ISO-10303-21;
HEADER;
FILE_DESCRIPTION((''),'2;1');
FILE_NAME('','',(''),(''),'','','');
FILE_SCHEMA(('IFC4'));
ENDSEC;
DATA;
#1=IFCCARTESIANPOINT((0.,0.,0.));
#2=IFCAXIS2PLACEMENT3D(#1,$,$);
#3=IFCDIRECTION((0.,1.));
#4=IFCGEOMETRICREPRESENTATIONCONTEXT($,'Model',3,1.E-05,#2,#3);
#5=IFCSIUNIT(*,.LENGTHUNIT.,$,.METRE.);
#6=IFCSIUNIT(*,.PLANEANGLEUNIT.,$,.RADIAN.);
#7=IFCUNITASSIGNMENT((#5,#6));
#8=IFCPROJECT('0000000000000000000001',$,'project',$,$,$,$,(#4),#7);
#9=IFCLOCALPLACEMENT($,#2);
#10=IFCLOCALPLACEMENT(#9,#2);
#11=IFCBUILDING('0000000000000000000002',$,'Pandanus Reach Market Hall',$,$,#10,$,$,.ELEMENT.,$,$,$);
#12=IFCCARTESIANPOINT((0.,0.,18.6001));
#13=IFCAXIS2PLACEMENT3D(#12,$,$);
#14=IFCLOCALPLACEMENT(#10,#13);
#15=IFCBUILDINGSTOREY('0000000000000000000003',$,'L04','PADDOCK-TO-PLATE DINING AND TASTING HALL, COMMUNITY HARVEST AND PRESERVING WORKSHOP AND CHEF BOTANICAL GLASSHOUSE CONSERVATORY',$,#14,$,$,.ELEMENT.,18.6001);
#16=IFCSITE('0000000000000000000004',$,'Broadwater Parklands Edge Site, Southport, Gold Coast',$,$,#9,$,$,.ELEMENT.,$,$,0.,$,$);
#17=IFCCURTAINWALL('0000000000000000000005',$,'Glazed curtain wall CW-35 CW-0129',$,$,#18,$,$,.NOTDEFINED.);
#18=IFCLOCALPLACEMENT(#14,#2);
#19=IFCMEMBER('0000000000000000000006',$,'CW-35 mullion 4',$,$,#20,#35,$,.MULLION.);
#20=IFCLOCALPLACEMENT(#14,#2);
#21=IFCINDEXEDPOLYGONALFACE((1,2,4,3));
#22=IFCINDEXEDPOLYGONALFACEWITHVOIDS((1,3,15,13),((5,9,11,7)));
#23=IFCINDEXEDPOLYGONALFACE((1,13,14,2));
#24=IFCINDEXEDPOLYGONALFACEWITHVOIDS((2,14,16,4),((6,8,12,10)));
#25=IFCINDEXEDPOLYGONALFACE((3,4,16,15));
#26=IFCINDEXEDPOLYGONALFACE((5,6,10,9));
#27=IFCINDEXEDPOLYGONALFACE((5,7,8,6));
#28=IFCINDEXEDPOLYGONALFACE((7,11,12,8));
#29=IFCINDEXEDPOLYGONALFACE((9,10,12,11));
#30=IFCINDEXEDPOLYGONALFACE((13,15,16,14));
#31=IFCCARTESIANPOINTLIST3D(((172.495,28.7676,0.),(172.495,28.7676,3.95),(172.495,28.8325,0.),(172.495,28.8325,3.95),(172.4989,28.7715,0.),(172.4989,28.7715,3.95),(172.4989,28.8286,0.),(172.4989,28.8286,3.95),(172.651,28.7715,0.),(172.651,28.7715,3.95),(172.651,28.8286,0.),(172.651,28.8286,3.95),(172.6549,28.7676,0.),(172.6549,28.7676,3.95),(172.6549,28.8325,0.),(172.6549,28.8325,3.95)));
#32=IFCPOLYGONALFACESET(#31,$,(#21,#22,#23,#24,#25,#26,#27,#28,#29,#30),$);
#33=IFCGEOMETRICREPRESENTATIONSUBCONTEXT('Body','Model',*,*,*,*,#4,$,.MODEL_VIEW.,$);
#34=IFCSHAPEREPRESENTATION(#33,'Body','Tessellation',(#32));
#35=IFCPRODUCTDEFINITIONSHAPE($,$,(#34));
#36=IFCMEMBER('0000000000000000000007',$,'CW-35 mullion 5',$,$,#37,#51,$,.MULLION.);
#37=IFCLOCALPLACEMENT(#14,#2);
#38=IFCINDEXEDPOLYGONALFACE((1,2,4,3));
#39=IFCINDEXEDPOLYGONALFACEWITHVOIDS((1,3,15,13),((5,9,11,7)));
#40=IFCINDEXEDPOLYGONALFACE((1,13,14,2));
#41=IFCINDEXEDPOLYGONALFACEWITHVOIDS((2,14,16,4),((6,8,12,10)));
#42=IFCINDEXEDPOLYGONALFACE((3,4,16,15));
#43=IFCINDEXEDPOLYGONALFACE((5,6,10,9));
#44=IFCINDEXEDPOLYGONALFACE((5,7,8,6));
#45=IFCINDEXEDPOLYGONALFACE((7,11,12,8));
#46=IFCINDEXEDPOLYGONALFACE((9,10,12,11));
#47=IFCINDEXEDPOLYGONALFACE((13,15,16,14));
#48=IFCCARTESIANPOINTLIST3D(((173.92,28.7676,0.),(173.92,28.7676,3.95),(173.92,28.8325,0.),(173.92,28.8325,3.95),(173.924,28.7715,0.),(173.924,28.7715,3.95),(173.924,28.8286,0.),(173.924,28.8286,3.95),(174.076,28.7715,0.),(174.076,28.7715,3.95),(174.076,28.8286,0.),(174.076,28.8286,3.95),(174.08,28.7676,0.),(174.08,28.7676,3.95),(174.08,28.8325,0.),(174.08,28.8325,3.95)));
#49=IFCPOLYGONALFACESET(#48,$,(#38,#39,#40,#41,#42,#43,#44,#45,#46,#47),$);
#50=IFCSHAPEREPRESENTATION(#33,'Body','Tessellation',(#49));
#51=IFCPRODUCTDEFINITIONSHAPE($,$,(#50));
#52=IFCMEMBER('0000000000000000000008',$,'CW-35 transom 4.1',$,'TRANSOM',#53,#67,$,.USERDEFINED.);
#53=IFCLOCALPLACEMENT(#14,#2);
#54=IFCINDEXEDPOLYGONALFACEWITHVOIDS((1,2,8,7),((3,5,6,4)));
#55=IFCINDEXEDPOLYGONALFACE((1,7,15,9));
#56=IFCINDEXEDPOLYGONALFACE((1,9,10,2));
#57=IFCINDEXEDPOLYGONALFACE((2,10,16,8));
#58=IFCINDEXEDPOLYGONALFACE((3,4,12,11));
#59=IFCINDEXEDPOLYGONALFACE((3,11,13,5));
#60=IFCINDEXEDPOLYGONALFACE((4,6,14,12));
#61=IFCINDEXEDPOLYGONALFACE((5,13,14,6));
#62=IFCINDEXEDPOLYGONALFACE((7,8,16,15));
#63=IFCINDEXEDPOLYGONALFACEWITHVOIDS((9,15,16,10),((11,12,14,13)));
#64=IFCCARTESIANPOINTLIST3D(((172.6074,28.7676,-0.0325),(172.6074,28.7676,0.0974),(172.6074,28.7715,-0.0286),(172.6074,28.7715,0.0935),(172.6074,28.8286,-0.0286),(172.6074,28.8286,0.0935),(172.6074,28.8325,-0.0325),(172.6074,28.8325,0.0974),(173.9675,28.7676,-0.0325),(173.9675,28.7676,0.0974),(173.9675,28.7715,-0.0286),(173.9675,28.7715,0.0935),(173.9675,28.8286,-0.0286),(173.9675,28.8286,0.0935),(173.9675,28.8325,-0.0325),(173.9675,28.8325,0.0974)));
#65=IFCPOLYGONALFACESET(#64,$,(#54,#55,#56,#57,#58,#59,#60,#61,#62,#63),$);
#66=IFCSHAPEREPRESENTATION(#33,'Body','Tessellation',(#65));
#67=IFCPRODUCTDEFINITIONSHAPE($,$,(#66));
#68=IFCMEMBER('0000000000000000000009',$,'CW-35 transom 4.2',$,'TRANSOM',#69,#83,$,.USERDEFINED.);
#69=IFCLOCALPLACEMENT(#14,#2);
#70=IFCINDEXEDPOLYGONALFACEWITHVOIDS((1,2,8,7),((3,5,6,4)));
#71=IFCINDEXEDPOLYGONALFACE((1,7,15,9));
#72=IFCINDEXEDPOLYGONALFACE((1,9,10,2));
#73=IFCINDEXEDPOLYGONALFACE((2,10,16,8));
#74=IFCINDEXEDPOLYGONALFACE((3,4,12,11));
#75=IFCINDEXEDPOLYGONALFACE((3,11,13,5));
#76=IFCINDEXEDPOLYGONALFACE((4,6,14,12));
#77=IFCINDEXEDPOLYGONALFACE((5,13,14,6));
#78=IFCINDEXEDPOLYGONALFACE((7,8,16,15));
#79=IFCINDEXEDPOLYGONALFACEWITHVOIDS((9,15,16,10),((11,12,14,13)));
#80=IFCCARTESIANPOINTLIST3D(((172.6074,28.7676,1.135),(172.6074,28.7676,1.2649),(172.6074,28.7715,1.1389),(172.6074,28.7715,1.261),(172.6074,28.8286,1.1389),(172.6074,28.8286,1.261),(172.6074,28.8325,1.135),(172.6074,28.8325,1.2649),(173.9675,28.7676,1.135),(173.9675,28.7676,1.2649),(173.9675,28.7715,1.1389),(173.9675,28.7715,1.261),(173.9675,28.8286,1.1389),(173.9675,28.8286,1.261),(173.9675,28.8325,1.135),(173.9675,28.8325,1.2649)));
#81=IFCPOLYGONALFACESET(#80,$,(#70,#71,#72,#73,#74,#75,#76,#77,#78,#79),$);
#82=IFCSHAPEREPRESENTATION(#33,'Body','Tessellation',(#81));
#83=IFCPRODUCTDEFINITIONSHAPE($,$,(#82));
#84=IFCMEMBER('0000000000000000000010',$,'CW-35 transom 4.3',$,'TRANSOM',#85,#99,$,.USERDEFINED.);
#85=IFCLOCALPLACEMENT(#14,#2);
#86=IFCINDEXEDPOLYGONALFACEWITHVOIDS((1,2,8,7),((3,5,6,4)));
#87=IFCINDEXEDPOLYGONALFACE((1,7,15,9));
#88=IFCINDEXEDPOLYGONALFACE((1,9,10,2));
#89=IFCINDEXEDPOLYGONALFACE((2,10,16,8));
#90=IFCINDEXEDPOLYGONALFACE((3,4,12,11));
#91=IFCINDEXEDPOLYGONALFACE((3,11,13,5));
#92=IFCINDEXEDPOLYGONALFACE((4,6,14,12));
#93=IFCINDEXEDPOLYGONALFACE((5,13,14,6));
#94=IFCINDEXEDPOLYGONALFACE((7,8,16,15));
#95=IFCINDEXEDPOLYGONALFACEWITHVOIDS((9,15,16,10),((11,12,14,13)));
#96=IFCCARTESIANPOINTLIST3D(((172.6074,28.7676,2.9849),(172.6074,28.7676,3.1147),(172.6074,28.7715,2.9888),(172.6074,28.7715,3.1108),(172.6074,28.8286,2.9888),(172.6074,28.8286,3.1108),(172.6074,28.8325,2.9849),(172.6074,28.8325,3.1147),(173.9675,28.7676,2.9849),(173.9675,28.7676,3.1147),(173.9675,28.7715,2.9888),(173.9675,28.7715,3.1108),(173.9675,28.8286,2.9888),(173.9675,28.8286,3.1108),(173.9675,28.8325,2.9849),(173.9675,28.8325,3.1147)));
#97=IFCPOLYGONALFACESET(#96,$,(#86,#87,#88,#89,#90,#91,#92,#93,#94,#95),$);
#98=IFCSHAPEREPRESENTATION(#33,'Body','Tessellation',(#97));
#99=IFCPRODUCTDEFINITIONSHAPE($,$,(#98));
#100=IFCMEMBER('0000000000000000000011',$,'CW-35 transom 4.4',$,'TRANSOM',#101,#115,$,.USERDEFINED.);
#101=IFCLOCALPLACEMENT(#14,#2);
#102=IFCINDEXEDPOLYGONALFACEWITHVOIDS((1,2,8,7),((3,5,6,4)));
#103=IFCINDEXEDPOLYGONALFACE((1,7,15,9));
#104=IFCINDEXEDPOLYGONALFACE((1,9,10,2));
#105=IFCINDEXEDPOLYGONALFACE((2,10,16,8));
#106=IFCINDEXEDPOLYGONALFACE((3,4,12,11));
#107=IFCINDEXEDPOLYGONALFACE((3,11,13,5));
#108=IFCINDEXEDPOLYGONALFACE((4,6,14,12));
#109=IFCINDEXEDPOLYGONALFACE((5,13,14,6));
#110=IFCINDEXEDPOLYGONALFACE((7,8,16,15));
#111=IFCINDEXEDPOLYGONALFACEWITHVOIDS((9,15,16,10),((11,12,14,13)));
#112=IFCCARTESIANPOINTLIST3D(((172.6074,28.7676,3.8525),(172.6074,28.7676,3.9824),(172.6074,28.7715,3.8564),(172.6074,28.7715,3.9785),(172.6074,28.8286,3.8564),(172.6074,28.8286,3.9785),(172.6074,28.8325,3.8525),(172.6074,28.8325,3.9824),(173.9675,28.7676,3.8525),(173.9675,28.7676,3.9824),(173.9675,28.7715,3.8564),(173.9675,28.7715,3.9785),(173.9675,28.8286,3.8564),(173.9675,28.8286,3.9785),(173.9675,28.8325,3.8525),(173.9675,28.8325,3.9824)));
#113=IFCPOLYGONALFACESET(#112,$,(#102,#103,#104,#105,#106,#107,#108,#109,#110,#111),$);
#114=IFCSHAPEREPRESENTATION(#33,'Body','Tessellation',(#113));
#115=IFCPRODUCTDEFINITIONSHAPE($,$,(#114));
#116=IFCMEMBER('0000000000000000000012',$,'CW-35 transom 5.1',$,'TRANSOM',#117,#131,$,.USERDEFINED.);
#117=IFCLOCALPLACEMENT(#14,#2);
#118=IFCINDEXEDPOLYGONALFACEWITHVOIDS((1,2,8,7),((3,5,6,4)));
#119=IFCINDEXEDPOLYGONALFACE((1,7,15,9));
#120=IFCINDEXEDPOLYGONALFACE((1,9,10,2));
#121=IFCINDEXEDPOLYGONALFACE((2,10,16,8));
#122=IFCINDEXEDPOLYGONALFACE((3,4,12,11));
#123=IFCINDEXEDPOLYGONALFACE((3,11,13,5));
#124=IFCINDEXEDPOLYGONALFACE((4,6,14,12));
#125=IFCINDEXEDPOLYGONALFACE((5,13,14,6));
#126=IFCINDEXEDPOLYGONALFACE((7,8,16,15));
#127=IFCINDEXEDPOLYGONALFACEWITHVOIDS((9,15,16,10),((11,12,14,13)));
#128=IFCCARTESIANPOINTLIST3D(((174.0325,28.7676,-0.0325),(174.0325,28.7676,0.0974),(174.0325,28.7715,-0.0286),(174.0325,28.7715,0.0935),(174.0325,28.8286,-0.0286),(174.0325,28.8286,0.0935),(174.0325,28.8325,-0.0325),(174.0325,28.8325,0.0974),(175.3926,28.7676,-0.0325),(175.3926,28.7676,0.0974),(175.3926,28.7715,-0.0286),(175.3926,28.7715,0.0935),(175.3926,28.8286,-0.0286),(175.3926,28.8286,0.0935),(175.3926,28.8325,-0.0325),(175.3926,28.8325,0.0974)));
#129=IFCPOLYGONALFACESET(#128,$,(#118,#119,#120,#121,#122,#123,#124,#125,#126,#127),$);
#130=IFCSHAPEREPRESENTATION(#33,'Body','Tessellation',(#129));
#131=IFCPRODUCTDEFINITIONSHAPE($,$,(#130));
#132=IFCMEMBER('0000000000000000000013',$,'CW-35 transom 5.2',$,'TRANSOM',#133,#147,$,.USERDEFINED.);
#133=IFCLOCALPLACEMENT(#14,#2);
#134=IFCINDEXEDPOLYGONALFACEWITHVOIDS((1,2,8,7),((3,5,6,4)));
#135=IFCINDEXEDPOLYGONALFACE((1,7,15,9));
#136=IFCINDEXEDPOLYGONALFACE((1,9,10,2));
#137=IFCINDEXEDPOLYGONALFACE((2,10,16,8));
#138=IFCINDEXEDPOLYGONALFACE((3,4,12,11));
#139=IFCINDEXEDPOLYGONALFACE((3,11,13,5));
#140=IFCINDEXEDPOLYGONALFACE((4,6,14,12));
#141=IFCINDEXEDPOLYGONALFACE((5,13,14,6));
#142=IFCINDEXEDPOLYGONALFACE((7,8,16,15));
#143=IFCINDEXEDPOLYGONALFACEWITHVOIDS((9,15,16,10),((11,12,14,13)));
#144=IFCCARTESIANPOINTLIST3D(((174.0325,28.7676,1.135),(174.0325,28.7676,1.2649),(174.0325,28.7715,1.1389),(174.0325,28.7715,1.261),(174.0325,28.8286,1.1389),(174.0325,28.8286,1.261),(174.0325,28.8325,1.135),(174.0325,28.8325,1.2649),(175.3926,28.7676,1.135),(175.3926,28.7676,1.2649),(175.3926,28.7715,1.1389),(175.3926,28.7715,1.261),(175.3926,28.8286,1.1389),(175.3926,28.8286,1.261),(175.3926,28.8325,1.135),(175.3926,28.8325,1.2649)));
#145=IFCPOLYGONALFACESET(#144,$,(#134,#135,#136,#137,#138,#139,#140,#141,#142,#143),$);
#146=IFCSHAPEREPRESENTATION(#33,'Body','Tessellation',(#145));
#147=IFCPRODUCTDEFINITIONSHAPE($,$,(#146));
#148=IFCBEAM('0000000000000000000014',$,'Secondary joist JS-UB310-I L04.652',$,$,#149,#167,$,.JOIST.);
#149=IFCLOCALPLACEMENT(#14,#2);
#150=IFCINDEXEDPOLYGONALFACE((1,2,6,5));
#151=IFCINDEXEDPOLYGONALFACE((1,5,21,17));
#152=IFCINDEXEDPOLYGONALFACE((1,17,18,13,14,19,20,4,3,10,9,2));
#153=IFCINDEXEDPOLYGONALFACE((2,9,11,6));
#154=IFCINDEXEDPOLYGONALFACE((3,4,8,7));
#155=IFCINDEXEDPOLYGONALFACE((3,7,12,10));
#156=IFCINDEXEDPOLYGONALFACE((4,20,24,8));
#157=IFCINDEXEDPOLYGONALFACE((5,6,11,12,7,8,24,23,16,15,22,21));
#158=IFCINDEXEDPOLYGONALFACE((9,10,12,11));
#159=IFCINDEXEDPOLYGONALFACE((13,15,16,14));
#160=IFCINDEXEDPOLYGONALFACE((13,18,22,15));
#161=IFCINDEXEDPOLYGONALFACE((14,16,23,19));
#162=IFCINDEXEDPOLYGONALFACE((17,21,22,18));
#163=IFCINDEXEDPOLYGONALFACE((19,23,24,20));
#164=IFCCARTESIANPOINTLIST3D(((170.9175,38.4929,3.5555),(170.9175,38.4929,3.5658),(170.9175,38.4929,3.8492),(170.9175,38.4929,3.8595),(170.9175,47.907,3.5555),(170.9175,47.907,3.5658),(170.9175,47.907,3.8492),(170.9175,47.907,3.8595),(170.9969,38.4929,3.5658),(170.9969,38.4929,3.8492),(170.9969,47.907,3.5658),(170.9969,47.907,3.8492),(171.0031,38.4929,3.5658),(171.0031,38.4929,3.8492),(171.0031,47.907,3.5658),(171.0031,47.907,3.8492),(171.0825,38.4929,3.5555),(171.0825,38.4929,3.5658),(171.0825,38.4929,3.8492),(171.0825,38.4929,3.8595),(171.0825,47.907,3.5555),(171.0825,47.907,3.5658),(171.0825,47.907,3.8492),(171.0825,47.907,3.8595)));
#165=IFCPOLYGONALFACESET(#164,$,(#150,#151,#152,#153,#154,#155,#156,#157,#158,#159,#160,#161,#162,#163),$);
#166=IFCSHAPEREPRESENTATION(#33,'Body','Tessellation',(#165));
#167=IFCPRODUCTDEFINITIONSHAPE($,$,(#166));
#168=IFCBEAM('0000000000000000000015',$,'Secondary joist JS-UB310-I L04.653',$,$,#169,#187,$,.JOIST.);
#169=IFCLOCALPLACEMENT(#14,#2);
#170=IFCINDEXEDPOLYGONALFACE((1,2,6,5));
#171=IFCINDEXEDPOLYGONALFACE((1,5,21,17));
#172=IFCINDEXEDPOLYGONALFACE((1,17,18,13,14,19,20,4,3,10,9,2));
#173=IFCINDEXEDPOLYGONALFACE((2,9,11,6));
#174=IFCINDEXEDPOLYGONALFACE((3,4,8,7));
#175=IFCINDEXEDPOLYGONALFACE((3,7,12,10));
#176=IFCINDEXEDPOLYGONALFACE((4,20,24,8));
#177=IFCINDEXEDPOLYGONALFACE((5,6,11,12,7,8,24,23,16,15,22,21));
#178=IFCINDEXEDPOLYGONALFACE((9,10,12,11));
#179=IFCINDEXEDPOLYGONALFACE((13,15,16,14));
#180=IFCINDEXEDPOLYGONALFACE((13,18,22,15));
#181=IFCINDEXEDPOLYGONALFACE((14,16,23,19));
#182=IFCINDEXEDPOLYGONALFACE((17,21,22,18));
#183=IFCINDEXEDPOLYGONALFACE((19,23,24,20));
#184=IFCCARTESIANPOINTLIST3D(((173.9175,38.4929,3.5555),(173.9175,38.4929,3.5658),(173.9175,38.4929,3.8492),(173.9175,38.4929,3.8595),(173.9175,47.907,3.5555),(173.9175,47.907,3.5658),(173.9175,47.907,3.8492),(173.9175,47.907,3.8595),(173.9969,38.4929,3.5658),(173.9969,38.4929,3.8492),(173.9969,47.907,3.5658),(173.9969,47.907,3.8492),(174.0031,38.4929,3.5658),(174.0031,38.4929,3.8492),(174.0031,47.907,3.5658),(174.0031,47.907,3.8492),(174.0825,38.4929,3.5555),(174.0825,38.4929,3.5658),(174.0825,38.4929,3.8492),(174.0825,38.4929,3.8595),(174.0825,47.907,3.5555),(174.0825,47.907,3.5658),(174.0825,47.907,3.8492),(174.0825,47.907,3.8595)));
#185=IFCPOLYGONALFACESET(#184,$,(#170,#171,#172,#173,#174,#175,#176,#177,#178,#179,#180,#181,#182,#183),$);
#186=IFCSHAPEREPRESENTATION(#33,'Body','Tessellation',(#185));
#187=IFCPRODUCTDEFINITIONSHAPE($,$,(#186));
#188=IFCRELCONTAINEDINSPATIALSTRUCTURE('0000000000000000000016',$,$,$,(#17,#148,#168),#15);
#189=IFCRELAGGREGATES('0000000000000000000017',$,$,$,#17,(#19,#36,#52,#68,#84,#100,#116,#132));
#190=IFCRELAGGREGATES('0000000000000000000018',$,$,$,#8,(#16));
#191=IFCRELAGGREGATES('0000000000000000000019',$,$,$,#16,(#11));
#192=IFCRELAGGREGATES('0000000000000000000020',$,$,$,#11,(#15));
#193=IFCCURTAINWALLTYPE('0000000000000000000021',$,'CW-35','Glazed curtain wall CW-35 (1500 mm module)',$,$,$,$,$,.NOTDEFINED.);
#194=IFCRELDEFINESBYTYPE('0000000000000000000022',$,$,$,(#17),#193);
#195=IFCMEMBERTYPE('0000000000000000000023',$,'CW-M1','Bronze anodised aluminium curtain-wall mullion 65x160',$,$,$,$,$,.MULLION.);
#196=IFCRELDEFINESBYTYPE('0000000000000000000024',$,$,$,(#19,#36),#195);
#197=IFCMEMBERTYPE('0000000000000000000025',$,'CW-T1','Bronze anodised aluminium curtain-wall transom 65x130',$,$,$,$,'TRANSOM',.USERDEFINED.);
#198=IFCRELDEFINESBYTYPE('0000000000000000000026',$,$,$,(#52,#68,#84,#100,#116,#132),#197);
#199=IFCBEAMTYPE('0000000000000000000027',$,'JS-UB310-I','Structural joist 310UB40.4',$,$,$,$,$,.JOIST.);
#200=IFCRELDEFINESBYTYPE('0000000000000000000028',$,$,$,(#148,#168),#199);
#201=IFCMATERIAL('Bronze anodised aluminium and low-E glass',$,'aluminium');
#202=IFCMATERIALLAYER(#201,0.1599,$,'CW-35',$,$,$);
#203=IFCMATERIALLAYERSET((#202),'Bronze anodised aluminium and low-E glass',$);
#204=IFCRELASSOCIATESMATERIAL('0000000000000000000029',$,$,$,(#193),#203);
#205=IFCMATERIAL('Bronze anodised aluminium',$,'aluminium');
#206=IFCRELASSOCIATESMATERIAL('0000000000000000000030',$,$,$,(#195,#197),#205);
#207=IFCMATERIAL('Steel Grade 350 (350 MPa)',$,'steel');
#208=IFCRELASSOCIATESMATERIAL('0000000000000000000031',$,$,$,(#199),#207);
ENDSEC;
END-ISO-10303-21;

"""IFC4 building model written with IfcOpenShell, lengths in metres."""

from ifc_helpers import new_model, si_unit, direction, frame, origin, origin_2d, place, context, subcontext, project, spatial, hollow_rectangle, i_section, extrude, material, layer, layer_set, material_profile, profile_set, type_object, element, aggregate, save


model = new_model("IFC4")

# Units and contexts
model_context = context("Model", 3, precision=1e-05, world=origin(), true_north=direction((0.0, 1.0)))
body_context = subcontext(model_context, "Body", "Model", "MODEL_VIEW")
ifc_project = project(units=[si_unit("LENGTHUNIT", "METRE"), si_unit("PLANEANGLEUNIT", "RADIAN")], contexts=[model_context])

# Site, building, storey
site_placement = place(None, origin())
site = spatial("IfcSite", under=ifc_project, at=site_placement, Name="Broadwater Parklands Edge Site, Southport, Gold Coast", CompositionType="ELEMENT", RefElevation=0.0)
building_placement = place(site_placement, origin())
building = spatial("IfcBuilding", under=site, at=building_placement, Name="Pandanus Reach Market Hall", CompositionType="ELEMENT")
storey_placement = place(building_placement, frame((0.0, 0.0, 18.6001)))
storey = spatial("IfcBuildingStorey", under=building, at=storey_placement, Name="L04", Description="PADDOCK-TO-PLATE DINING AND TASTING HALL, COMMUNITY HARVEST AND PRESERVING WORKSHOP AND CHEF BOTANICAL GLASSHOUSE CONSERVATORY", CompositionType="ELEMENT", Elevation=18.6001)

# Curtain wall, members
ifc_material_1 = material(Name="Bronze anodised aluminium and low-E glass", Category="aluminium")
ifc_layer_1 = layer(ifc_material_1, 0.1599, Name="CW-35")
ifc_layer_set_1 = layer_set([ifc_layer_1], Name="Bronze anodised aluminium and low-E glass")
curtain_wall_type = type_object("IfcCurtainWallType", Name="CW-35", Description="Glazed curtain wall CW-35 (1500 mm module)", PredefinedType="NOTDEFINED", material=ifc_layer_set_1)
curtain_wall_placement = place(storey_placement, origin())
curtain_wall = element("IfcCurtainWall", 1, at=curtain_wall_placement, inside=storey, type_object=curtain_wall_type, Name="Glazed curtain wall CW-35 CW-0129", PredefinedType="NOTDEFINED")
ifc_material_2 = material(Name="Bronze anodised aluminium", Category="aluminium")
ifc_material_profile_1 = material_profile(ifc_material_2, hollow_rectangle(XDim=0.0649, YDim=0.1599, WallThickness=0.0039, at=origin_2d()), Name="ALU65x160", Category="LoadBearing")
ifc_profile_set_1 = profile_set([ifc_material_profile_1], Name="Bronze anodised aluminium")
member_type_1 = type_object("IfcMemberType", Name="CW-M1", Description="Bronze anodised aluminium curtain-wall mullion 65x160", PredefinedType="MULLION", material=ifc_profile_set_1)
member_1_placement = place(storey_placement, frame((172.575, 28.8, 0.0), z_axis=(0.0, 0.0, 1.0), x_axis=(0.0, 1.0, 0.0)))
member_1 = element("IfcMember", 2, at=member_1_placement, type_object=member_type_1, Name="CW-35 mullion 4", PredefinedType="MULLION", context=body_context, shape_type="SweptSolid", body=[
    extrude(hollow_rectangle(XDim=0.0649, YDim=0.1599, WallThickness=0.0039, at=origin_2d()), origin(), (0.0, 0.0, 1.0), 3.95),
])
member_2_placement = place(storey_placement, frame((174.0, 28.8, 0.0), z_axis=(0.0, 0.0, 1.0), x_axis=(0.0, 1.0, 0.0)))
member_2 = element("IfcMember", 3, at=member_2_placement, type_object=member_type_1, Name="CW-35 mullion 5", PredefinedType="MULLION", context=body_context, shape_type="SweptSolid", body=[
    extrude(hollow_rectangle(XDim=0.0649, YDim=0.1599, WallThickness=0.0039, at=origin_2d()), origin(), (0.0, 0.0, 1.0), 3.95),
])
ifc_material_profile_2 = material_profile(ifc_material_2, hollow_rectangle(XDim=0.0649, YDim=0.1299, WallThickness=0.0039, at=origin_2d()), Name="ALU65x130", Category="LoadBearing")
ifc_profile_set_2 = profile_set([ifc_material_profile_2], Name="Bronze anodised aluminium")
member_type_2 = type_object("IfcMemberType", Name="CW-T1", Description="Bronze anodised aluminium curtain-wall transom 65x130", ElementType="TRANSOM", PredefinedType="USERDEFINED", material=ifc_profile_set_2)
member_3_placement = place(storey_placement, frame((172.6074, 28.8, 0.0325), z_axis=(1.0, 0.0, 0.0), x_axis=(0.0, 1.0, 0.0)))
member_3 = element("IfcMember", 4, at=member_3_placement, type_object=member_type_2, Name="CW-35 transom 4.1", ObjectType="TRANSOM", PredefinedType="USERDEFINED", context=body_context, shape_type="SweptSolid", body=[
    extrude(hollow_rectangle(XDim=0.0649, YDim=0.1299, WallThickness=0.0039, at=origin_2d()), origin(), (0.0, 0.0, 1.0), 1.3601),
])
member_4_placement = place(storey_placement, frame((172.6074, 28.8, 1.2), z_axis=(1.0, 0.0, 0.0), x_axis=(0.0, 1.0, 0.0)))
member_4 = element("IfcMember", 5, at=member_4_placement, type_object=member_type_2, Name="CW-35 transom 4.2", ObjectType="TRANSOM", PredefinedType="USERDEFINED", context=body_context, shape_type="SweptSolid", body=[
    extrude(hollow_rectangle(XDim=0.0649, YDim=0.1299, WallThickness=0.0039, at=origin_2d()), origin(), (0.0, 0.0, 1.0), 1.3601),
])
member_5_placement = place(storey_placement, frame((172.6074, 28.8, 3.0498), z_axis=(1.0, 0.0, 0.0), x_axis=(0.0, 1.0, 0.0)))
member_5 = element("IfcMember", 6, at=member_5_placement, type_object=member_type_2, Name="CW-35 transom 4.3", ObjectType="TRANSOM", PredefinedType="USERDEFINED", context=body_context, shape_type="SweptSolid", body=[
    extrude(hollow_rectangle(XDim=0.0649, YDim=0.1299, WallThickness=0.0039, at=origin_2d()), origin(), (0.0, 0.0, 1.0), 1.3601),
])
member_6_placement = place(storey_placement, frame((172.6074, 28.8, 3.9175), z_axis=(1.0, 0.0, 0.0), x_axis=(0.0, 1.0, 0.0)))
member_6 = element("IfcMember", 7, at=member_6_placement, type_object=member_type_2, Name="CW-35 transom 4.4", ObjectType="TRANSOM", PredefinedType="USERDEFINED", context=body_context, shape_type="SweptSolid", body=[
    extrude(hollow_rectangle(XDim=0.0649, YDim=0.1299, WallThickness=0.0039, at=origin_2d()), origin(), (0.0, 0.0, 1.0), 1.3601),
])
member_7_placement = place(storey_placement, frame((174.0325, 28.8, 0.0325), z_axis=(1.0, 0.0, 0.0), x_axis=(0.0, 1.0, 0.0)))
member_7 = element("IfcMember", 8, at=member_7_placement, type_object=member_type_2, Name="CW-35 transom 5.1", ObjectType="TRANSOM", PredefinedType="USERDEFINED", context=body_context, shape_type="SweptSolid", body=[
    extrude(hollow_rectangle(XDim=0.0649, YDim=0.1299, WallThickness=0.0039, at=origin_2d()), origin(), (0.0, 0.0, 1.0), 1.3601),
])
member_8_placement = place(storey_placement, frame((174.0325, 28.8, 1.2), z_axis=(1.0, 0.0, 0.0), x_axis=(0.0, 1.0, 0.0)))
member_8 = element("IfcMember", 9, at=member_8_placement, type_object=member_type_2, Name="CW-35 transom 5.2", ObjectType="TRANSOM", PredefinedType="USERDEFINED", context=body_context, shape_type="SweptSolid", body=[
    extrude(hollow_rectangle(XDim=0.0649, YDim=0.1299, WallThickness=0.0039, at=origin_2d()), origin(), (0.0, 0.0, 1.0), 1.3601),
])

# Beams
ifc_material_3 = material(Name="Steel Grade 350 (350 MPa)", Category="steel")
ifc_material_profile_3 = material_profile(ifc_material_3, i_section(OverallWidth=0.165, OverallDepth=0.304, WebThickness=0.0061, FlangeThickness=0.0103, at=origin_2d()), Name="310UB40.4", Category="LoadBearing")
ifc_profile_set_3 = profile_set([ifc_material_profile_3], Name="Steel Grade 350 (350 MPa)")
beam_type = type_object("IfcBeamType", Name="JS-UB310-I", Description="Structural joist 310UB40.4", PredefinedType="JOIST", material=ifc_profile_set_3)
for number, where, z_axis, x_axis, name in (
    (10, (171.0, 38.4929, 3.7075), (0.0, 1.0, 0.0), (-1.0, 0.0, 0.0), "Secondary joist JS-UB310-I L04.652"),
    (11, (174.0, 38.4929, 3.7075), (0.0, 1.0, 0.0), (-1.0, 0.0, 0.0), "Secondary joist JS-UB310-I L04.653"),
):
    element("IfcBeam", number, at=place(storey_placement, frame(where, z_axis=z_axis, x_axis=x_axis)), inside=storey, type_object=beam_type, Name=name, PredefinedType="JOIST", context=body_context, shape_type="SweptSolid", body=[
        extrude(i_section(OverallWidth=0.165, OverallDepth=0.304, WebThickness=0.0061, FlangeThickness=0.0103, at=origin_2d()), origin(), (0.0, 0.0, 1.0), 9.4141),
    ])

aggregate(curtain_wall, [member_1, member_2, member_3, member_4, member_5, member_6, member_7, member_8])

save(model, "model.ifc")
